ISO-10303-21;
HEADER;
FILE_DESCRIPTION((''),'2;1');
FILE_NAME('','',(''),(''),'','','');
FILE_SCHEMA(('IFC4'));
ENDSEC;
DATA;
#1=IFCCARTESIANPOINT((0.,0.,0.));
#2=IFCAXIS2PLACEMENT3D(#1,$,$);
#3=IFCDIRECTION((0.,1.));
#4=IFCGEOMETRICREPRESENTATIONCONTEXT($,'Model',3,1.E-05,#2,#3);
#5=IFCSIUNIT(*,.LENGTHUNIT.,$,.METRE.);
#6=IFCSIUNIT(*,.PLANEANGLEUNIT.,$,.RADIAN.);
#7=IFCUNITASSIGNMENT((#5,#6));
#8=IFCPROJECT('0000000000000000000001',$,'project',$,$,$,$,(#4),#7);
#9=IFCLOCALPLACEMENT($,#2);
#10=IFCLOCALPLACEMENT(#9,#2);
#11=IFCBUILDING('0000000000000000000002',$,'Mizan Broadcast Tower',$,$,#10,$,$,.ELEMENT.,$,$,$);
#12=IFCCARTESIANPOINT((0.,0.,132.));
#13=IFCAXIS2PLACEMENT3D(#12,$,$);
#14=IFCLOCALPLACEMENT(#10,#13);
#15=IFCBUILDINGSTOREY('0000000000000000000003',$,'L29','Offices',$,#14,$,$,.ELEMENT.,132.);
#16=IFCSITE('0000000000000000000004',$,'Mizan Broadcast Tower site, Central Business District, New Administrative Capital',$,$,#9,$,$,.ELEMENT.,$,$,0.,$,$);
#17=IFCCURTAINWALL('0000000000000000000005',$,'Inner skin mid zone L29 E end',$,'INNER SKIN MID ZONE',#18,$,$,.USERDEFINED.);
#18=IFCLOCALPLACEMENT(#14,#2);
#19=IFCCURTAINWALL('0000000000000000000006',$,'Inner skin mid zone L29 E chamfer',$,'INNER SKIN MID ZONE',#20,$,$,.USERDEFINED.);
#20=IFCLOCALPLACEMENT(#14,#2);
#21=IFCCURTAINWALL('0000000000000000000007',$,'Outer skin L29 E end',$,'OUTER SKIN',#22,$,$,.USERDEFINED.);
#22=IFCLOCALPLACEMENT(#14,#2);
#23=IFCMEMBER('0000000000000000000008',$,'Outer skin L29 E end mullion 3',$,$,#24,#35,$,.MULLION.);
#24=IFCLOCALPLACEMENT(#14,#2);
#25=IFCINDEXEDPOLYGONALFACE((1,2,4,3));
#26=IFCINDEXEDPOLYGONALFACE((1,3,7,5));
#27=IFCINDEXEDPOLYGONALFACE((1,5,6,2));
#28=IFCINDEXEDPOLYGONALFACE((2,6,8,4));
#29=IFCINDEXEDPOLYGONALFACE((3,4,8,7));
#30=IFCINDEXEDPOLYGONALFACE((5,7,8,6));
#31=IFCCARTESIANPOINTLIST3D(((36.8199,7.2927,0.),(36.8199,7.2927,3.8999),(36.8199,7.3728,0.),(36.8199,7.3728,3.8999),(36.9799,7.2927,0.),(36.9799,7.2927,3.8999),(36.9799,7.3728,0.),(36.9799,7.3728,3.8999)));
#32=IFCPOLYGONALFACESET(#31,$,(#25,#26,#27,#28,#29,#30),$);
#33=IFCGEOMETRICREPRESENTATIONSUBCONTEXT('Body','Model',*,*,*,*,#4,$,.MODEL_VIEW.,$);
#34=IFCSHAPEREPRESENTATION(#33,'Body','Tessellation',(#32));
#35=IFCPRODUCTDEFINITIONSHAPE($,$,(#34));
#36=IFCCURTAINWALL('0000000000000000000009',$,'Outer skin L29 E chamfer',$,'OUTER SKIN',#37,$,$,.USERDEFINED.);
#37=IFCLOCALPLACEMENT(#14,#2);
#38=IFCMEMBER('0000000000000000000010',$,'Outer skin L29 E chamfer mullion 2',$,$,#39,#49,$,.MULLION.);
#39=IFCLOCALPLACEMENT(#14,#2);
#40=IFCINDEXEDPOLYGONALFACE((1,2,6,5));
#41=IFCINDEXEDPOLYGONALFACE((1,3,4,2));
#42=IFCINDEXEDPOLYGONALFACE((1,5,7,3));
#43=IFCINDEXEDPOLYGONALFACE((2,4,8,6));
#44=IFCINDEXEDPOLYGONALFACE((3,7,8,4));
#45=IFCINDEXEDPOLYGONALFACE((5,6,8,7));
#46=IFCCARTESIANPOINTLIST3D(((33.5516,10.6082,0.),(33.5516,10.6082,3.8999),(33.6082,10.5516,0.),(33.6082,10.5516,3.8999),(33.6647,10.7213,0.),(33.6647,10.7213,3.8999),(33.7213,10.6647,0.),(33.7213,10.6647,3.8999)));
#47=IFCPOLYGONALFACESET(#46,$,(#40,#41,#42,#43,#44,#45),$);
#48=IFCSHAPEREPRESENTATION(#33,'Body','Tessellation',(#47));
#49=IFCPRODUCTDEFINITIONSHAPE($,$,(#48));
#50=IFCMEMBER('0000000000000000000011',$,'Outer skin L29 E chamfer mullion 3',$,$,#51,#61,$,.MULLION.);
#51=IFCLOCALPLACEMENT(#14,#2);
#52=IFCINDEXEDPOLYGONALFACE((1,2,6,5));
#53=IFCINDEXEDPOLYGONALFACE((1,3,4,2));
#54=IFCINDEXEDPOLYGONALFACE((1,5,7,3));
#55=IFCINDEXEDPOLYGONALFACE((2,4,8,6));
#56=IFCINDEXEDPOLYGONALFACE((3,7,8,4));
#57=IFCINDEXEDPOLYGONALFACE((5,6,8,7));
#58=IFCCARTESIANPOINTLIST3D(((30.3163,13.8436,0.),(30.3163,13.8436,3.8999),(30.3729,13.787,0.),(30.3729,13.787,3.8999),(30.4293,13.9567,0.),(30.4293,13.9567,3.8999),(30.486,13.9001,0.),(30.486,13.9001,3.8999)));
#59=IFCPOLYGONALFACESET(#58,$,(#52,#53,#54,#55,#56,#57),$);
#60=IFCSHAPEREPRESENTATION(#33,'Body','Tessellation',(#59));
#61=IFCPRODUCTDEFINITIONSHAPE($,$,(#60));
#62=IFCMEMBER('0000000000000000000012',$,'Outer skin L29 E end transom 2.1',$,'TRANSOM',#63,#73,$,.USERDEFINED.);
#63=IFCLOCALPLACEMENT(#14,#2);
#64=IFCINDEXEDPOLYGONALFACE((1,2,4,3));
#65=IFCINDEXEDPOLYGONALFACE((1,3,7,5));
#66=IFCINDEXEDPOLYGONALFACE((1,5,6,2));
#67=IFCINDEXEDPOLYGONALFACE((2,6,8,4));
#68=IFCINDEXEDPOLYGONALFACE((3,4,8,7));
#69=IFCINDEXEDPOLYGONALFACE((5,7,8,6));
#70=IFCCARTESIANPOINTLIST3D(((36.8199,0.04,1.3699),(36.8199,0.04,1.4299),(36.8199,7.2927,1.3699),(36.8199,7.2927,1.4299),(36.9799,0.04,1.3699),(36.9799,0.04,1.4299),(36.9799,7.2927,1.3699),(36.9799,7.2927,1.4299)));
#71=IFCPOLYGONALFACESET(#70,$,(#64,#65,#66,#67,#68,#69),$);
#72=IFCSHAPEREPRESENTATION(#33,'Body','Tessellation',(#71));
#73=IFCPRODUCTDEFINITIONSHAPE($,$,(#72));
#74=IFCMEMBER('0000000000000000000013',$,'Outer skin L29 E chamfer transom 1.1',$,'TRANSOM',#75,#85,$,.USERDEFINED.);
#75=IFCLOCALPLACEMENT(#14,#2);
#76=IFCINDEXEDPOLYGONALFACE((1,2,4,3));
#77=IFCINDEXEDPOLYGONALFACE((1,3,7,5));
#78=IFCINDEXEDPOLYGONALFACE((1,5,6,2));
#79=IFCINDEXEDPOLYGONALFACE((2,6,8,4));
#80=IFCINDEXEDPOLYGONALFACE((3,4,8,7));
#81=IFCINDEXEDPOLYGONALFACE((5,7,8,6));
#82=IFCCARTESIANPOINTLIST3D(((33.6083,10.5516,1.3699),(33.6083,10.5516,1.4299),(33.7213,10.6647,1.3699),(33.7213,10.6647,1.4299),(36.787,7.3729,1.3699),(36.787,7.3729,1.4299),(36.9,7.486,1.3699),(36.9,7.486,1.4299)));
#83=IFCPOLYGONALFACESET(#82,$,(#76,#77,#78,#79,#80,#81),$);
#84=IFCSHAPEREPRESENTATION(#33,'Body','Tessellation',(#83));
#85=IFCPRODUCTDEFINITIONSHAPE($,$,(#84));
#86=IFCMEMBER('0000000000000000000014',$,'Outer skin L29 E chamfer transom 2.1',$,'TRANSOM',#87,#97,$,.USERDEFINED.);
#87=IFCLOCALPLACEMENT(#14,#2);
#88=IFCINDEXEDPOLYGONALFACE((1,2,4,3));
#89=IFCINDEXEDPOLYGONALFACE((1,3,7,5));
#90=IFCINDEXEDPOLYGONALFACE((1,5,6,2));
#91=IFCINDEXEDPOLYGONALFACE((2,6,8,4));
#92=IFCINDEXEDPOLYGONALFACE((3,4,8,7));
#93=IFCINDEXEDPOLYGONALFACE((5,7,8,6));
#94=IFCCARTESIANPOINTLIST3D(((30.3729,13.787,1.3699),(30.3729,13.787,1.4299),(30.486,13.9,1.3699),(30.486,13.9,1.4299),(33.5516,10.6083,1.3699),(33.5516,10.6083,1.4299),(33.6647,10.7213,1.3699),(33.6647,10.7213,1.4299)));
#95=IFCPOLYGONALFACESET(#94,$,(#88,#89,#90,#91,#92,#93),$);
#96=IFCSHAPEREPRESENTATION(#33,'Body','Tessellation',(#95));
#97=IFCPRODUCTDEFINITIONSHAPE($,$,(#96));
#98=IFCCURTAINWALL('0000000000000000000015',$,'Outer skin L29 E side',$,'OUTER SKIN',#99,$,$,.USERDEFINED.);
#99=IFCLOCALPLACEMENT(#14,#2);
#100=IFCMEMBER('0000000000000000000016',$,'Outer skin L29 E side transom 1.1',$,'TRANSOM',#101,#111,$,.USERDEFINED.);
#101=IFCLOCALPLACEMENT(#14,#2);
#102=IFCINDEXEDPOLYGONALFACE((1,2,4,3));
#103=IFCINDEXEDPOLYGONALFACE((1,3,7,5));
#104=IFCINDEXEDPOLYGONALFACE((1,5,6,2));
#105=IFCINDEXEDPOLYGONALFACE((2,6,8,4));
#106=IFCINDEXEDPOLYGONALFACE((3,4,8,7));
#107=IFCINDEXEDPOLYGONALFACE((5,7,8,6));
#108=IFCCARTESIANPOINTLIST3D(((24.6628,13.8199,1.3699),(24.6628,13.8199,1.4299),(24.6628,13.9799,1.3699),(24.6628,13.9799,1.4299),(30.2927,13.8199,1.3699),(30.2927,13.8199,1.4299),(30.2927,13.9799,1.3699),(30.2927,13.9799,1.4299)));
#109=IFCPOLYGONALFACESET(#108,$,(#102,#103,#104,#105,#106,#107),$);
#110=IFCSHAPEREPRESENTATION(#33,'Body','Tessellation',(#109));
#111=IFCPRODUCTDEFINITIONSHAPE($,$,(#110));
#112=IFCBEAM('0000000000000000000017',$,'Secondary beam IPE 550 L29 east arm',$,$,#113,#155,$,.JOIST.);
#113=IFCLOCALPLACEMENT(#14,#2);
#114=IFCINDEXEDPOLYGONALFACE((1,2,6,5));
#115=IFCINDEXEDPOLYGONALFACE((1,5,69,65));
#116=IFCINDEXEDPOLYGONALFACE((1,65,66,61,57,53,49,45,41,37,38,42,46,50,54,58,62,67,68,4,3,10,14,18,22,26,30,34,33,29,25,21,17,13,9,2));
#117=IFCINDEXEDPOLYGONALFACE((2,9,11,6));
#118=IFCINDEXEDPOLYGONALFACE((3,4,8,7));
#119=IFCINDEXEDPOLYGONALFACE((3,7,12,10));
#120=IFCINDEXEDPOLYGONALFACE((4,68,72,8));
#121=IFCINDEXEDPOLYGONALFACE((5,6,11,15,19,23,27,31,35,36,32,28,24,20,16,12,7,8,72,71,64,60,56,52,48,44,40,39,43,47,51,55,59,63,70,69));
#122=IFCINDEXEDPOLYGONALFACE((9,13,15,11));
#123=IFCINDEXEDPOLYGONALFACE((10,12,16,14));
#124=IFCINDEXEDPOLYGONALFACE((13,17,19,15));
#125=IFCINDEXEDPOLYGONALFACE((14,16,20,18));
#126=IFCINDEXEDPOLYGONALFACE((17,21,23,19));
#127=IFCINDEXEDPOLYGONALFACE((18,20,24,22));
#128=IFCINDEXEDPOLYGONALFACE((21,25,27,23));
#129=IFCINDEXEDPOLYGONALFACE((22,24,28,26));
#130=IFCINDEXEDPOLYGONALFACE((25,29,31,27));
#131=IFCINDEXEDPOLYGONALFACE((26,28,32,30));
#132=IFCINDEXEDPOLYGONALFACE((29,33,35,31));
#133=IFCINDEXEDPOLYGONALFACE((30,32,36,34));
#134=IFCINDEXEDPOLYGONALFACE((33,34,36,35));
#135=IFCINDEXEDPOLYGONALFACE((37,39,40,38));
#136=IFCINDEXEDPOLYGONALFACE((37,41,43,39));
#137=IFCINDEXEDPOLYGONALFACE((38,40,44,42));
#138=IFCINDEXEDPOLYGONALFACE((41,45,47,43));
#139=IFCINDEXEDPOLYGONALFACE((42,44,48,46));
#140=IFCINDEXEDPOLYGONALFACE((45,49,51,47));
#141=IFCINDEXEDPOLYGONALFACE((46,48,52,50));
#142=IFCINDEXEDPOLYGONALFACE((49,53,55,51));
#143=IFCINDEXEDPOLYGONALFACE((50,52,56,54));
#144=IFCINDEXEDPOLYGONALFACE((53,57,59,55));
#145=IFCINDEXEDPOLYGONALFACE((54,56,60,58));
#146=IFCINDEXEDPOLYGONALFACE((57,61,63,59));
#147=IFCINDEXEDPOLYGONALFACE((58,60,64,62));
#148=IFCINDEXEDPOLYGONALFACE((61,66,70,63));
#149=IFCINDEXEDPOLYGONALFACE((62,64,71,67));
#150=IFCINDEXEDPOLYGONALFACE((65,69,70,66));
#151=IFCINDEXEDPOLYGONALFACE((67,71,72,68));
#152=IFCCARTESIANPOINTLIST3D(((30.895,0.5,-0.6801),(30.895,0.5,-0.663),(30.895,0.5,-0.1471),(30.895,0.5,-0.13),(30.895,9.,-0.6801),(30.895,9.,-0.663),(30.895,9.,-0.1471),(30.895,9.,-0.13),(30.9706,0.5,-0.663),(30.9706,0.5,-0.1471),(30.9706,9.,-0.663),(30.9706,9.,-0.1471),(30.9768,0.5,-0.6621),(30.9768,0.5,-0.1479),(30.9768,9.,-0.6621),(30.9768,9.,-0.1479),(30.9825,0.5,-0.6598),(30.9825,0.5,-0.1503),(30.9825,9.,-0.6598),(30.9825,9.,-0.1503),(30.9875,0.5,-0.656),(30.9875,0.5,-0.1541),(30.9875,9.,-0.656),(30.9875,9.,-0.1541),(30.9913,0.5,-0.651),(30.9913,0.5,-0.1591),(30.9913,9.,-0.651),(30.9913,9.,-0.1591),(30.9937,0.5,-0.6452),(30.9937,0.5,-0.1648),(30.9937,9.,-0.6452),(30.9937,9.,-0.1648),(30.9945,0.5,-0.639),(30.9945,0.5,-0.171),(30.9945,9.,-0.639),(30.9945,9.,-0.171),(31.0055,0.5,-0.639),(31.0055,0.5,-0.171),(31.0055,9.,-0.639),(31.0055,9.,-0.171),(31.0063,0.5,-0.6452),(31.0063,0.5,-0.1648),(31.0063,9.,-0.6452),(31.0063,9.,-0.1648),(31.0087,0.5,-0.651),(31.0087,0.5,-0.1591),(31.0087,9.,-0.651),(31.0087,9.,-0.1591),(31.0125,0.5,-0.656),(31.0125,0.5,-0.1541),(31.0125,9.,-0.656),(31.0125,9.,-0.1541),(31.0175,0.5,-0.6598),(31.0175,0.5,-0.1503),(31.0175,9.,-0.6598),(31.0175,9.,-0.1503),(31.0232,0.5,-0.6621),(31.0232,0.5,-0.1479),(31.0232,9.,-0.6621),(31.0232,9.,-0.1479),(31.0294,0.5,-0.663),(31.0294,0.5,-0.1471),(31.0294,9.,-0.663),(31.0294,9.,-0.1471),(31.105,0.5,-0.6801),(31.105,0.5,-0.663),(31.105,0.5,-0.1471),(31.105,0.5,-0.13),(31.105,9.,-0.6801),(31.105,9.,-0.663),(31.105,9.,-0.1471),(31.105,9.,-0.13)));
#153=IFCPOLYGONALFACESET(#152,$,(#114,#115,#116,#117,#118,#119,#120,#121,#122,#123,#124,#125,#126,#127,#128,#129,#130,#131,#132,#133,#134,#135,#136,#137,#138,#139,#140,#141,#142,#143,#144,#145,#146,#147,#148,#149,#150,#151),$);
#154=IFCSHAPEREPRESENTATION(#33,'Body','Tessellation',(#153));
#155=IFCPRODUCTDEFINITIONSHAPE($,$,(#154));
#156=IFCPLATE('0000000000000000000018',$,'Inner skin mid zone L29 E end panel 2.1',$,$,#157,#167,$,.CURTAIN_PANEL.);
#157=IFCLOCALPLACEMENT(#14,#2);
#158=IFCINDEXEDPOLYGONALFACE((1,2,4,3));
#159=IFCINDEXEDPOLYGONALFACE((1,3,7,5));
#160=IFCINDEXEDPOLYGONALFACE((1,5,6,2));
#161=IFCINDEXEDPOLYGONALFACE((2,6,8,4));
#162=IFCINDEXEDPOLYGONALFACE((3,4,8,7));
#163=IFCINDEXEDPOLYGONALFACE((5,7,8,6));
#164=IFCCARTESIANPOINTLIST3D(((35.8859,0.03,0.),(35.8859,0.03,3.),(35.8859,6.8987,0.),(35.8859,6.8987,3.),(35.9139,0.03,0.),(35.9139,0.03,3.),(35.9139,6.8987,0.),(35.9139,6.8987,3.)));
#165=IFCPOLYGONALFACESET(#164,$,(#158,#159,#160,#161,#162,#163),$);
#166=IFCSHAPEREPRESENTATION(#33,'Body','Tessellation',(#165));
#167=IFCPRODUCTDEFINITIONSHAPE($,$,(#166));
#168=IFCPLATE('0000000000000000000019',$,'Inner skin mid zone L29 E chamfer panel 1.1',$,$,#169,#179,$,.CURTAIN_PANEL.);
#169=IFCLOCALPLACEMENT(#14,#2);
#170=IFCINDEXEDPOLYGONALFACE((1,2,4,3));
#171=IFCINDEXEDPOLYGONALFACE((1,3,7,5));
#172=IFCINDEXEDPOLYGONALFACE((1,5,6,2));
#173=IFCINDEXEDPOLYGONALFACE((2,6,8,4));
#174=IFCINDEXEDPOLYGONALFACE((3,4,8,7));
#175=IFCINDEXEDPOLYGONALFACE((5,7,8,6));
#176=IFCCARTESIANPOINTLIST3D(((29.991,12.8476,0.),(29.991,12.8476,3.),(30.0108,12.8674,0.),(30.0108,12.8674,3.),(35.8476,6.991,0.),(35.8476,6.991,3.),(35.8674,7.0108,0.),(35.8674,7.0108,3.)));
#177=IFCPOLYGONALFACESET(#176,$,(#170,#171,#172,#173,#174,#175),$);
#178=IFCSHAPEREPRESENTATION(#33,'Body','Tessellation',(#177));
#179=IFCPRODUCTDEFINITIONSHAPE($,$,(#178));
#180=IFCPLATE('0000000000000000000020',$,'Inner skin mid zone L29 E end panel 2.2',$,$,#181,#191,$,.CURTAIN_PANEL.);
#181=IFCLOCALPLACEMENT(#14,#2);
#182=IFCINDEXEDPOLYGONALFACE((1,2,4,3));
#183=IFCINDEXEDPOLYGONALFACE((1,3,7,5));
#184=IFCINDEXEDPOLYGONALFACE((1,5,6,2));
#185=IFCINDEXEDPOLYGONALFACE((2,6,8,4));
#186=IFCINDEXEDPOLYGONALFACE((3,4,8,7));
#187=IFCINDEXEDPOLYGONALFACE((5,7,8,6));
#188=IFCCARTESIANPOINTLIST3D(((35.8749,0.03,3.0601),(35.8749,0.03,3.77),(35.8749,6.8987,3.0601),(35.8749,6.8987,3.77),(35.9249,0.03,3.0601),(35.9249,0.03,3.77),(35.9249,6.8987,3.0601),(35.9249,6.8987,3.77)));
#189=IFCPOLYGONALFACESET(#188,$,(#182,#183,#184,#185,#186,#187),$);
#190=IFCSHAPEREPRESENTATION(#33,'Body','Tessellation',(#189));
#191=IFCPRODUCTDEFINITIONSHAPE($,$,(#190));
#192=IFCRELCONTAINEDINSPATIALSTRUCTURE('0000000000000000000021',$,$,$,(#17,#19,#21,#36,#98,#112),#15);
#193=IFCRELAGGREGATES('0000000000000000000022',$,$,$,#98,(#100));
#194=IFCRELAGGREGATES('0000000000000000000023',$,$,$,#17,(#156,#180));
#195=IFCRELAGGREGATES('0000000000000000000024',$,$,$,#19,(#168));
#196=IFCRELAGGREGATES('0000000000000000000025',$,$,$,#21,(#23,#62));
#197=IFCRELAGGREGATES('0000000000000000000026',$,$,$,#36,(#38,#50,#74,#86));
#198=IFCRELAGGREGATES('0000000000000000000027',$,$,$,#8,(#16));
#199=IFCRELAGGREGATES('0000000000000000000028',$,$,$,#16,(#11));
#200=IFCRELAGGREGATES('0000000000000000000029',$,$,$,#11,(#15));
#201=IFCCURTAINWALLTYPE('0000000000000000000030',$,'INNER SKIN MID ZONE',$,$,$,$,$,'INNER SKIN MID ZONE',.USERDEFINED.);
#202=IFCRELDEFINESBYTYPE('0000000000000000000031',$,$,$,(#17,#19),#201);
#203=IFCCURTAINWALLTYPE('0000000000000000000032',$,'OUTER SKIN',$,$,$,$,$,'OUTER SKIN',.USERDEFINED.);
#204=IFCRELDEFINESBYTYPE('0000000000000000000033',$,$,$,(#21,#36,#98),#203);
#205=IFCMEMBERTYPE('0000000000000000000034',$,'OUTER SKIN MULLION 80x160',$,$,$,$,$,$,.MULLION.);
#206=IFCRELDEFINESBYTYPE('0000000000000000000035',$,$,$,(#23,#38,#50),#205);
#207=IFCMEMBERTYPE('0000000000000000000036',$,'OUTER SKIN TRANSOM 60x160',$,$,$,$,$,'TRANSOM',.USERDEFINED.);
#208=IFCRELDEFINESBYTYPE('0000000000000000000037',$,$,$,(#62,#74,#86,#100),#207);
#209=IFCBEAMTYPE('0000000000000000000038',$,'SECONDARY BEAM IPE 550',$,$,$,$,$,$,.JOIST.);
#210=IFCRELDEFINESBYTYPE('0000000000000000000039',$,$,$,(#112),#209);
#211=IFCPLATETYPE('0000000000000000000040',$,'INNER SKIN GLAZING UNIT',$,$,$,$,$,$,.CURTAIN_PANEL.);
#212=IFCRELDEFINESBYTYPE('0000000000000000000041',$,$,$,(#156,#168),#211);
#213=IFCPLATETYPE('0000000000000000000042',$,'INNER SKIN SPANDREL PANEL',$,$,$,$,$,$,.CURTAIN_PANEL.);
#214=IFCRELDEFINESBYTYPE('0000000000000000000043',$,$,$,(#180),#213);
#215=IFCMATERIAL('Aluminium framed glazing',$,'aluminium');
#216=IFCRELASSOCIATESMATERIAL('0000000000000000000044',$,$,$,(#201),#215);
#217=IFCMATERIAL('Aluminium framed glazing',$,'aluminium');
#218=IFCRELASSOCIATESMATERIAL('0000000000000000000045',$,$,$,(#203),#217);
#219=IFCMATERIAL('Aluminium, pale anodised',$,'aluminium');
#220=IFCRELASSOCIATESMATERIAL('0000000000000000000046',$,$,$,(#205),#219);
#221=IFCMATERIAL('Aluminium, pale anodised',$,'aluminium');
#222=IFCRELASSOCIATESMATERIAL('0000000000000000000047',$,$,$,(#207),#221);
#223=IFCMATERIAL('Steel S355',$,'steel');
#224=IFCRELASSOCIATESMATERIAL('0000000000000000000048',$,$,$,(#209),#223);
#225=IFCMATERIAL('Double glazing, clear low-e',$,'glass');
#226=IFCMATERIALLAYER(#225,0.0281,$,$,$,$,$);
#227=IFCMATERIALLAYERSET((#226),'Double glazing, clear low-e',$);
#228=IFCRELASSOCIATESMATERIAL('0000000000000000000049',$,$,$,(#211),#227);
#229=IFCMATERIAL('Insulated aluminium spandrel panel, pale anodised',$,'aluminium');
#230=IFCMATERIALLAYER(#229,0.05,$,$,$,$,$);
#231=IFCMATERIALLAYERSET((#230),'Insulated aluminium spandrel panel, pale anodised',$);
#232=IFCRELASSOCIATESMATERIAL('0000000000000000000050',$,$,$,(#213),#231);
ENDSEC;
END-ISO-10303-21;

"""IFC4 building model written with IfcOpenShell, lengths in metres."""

from ifc_helpers import new_model, si_unit, direction, frame, origin, origin_2d, place, context, subcontext, project, spatial, rectangle, i_section, extrude, material, layer, layer_set, material_profile, profile_set, type_object, element, aggregate, save


model = new_model("IFC4")

# Units and contexts
model_context = context("Model", 3, precision=1e-05, world=origin(), true_north=direction((0.0, 1.0)))
body_context = subcontext(model_context, "Body", "Model", "MODEL_VIEW")
ifc_project = project(units=[si_unit("LENGTHUNIT", "METRE"), si_unit("PLANEANGLEUNIT", "RADIAN")], contexts=[model_context])

# Site, building, storey
site_placement = place(None, origin())
site = spatial("IfcSite", under=ifc_project, at=site_placement, Name="Mizan Broadcast Tower site, Central Business District, New Administrative Capital", CompositionType="ELEMENT", RefElevation=0.0)
building_placement = place(site_placement, origin())
building = spatial("IfcBuilding", under=site, at=building_placement, Name="Mizan Broadcast Tower", CompositionType="ELEMENT")
storey_placement = place(building_placement, frame((0.0, 0.0, 132.0)))
storey = spatial("IfcBuildingStorey", under=building, at=storey_placement, Name="L29", Description="Offices", CompositionType="ELEMENT", Elevation=132.0)

# Curtain wall
ifc_material_1 = material(Name="Aluminium framed glazing", Category="aluminium")
curtain_wall_type_1 = type_object("IfcCurtainWallType", Name="INNER SKIN MID ZONE", ElementType="INNER SKIN MID ZONE", PredefinedType="USERDEFINED", material=ifc_material_1)
curtain_wall_1_placement = place(storey_placement, origin())
curtain_wall_1 = element("IfcCurtainWall", 1, at=curtain_wall_1_placement, inside=storey, type_object=curtain_wall_type_1, Name="Inner skin mid zone L29 E end", ObjectType="INNER SKIN MID ZONE", PredefinedType="USERDEFINED")

# Curtain wall
curtain_wall_2_placement = place(storey_placement, origin())
curtain_wall_2 = element("IfcCurtainWall", 2, at=curtain_wall_2_placement, inside=storey, type_object=curtain_wall_type_1, Name="Inner skin mid zone L29 E chamfer", ObjectType="INNER SKIN MID ZONE", PredefinedType="USERDEFINED")

# Curtain walls, members
ifc_material_2 = material(Name="Aluminium framed glazing", Category="aluminium")
curtain_wall_type_2 = type_object("IfcCurtainWallType", Name="OUTER SKIN", ElementType="OUTER SKIN", PredefinedType="USERDEFINED", material=ifc_material_2)
curtain_wall_3_placement = place(storey_placement, origin())
curtain_wall_3 = element("IfcCurtainWall", 3, at=curtain_wall_3_placement, inside=storey, type_object=curtain_wall_type_2, Name="Outer skin L29 E end", ObjectType="OUTER SKIN", PredefinedType="USERDEFINED")
ifc_material_3 = material(Name="Aluminium, pale anodised", Category="aluminium")
ifc_material_profile_1 = material_profile(ifc_material_3, rectangle(XDim=0.1599, YDim=0.0801, at=origin_2d()), Name="MULLION 160x80")
ifc_profile_set_1 = profile_set([ifc_material_profile_1], Name="Aluminium, pale anodised")
member_type_1 = type_object("IfcMemberType", Name="OUTER SKIN MULLION 80x160", PredefinedType="MULLION", material=ifc_profile_set_1)
member_1_placement = place(storey_placement, frame((36.8999, 7.3328, 0.0), z_axis=(0.0, 0.0, 1.0), x_axis=(-1.0, 0.0, 0.0)))
member_1 = element("IfcMember", 4, at=member_1_placement, type_object=member_type_1, Name="Outer skin L29 E end mullion 3", PredefinedType="MULLION", context=body_context, shape_type="SweptSolid", body=[
    extrude(rectangle(XDim=0.1599, YDim=0.0801, at=origin_2d()), origin(), (0.0, 0.0, 1.0), 3.8999),
])
curtain_wall_4_placement = place(storey_placement, origin())
curtain_wall_4 = element("IfcCurtainWall", 5, at=curtain_wall_4_placement, inside=storey, type_object=curtain_wall_type_2, Name="Outer skin L29 E chamfer", ObjectType="OUTER SKIN", PredefinedType="USERDEFINED")
member_2_placement = place(storey_placement, frame((33.6365, 10.6365, 0.0), z_axis=(0.0, 0.0, 1.0), x_axis=(-0.707107, -0.707107, 0.0)))
member_2 = element("IfcMember", 6, at=member_2_placement, type_object=member_type_1, Name="Outer skin L29 E chamfer mullion 2", PredefinedType="MULLION", context=body_context, shape_type="SweptSolid", body=[
    extrude(rectangle(XDim=0.1599, YDim=0.0801, at=origin_2d()), origin(), (0.0, 0.0, 1.0), 3.8999),
])
member_3_placement = place(storey_placement, frame((30.4011, 13.8718, 0.0), z_axis=(0.0, 0.0, 1.0), x_axis=(-0.707107, -0.707107, 0.0)))
member_3 = element("IfcMember", 7, at=member_3_placement, type_object=member_type_1, Name="Outer skin L29 E chamfer mullion 3", PredefinedType="MULLION", context=body_context, shape_type="SweptSolid", body=[
    extrude(rectangle(XDim=0.1599, YDim=0.0801, at=origin_2d()), origin(), (0.0, 0.0, 1.0), 3.8999),
])

# Members
ifc_material_4 = material(Name="Aluminium, pale anodised", Category="aluminium")
ifc_material_profile_2 = material_profile(ifc_material_4, rectangle(XDim=0.1599, YDim=0.0601, at=origin_2d()), Name="TRANSOM 160x60")
ifc_profile_set_2 = profile_set([ifc_material_profile_2], Name="Aluminium, pale anodised")
member_type_2 = type_object("IfcMemberType", Name="OUTER SKIN TRANSOM 60x160", ElementType="TRANSOM", PredefinedType="USERDEFINED", material=ifc_profile_set_2)
member_4_placement = place(storey_placement, frame((36.8999, 0.04, 1.3999), z_axis=(0.0, 1.0, 0.0), x_axis=(-1.0, 0.0, 0.0)))
member_4 = element("IfcMember", 8, at=member_4_placement, type_object=member_type_2, Name="Outer skin L29 E end transom 2.1", ObjectType="TRANSOM", PredefinedType="USERDEFINED", context=body_context, shape_type="SweptSolid", body=[
    extrude(rectangle(XDim=0.1599, YDim=0.0601, at=origin_2d()), origin(), (0.0, 0.0, 1.0), 7.2527),
])
member_5_placement = place(storey_placement, frame((36.8435, 7.4294, 1.3999), z_axis=(-0.707107, 0.707107, 0.0), x_axis=(-0.707107, -0.707107, 0.0)))
member_5 = element("IfcMember", 9, at=member_5_placement, type_object=member_type_2, Name="Outer skin L29 E chamfer transom 1.1", ObjectType="TRANSOM", PredefinedType="USERDEFINED", context=body_context, shape_type="SweptSolid", body=[
    extrude(rectangle(XDim=0.1599, YDim=0.0601, at=origin_2d()), origin(), (0.0, 0.0, 1.0), 4.4954),
])
member_6_placement = place(storey_placement, frame((33.6082, 10.6648, 1.3999), z_axis=(-0.707107, 0.707107, 0.0), x_axis=(-0.707107, -0.707107, 0.0)))
member_6 = element("IfcMember", 10, at=member_6_placement, type_object=member_type_2, Name="Outer skin L29 E chamfer transom 2.1", ObjectType="TRANSOM", PredefinedType="USERDEFINED", context=body_context, shape_type="SweptSolid", body=[
    extrude(rectangle(XDim=0.1599, YDim=0.0601, at=origin_2d()), origin(), (0.0, 0.0, 1.0), 4.4954),
])

# Curtain wall, member
curtain_wall_5_placement = place(storey_placement, origin())
curtain_wall_5 = element("IfcCurtainWall", 11, at=curtain_wall_5_placement, inside=storey, type_object=curtain_wall_type_2, Name="Outer skin L29 E side", ObjectType="OUTER SKIN", PredefinedType="USERDEFINED")
member_7_placement = place(storey_placement, frame((30.2927, 13.8999, 1.3999), z_axis=(-1.0, 0.0, 0.0), x_axis=(0.0, -1.0, 0.0)))
member_7 = element("IfcMember", 12, at=member_7_placement, type_object=member_type_2, Name="Outer skin L29 E side transom 1.1", ObjectType="TRANSOM", PredefinedType="USERDEFINED", context=body_context, shape_type="SweptSolid", body=[
    extrude(rectangle(XDim=0.1599, YDim=0.0601, at=origin_2d()), origin(), (0.0, 0.0, 1.0), 5.6299),
])
aggregate(curtain_wall_5, [member_7])

# Beam
ifc_material_5 = material(Name="Steel S355", Category="steel")
ifc_material_profile_3 = material_profile(ifc_material_5, i_section(OverallWidth=0.21, OverallDepth=0.55, WebThickness=0.011, FlangeThickness=0.0171, FilletRadius=0.0239, at=origin_2d()), Name="IPE 550")
ifc_profile_set_3 = profile_set([ifc_material_profile_3], Name="Steel S355")
beam_type_1 = type_object("IfcBeamType", Name="SECONDARY BEAM IPE 550", PredefinedType="JOIST", material=ifc_profile_set_3)
beam_1_placement = place(storey_placement, frame((31.0, 9.0, -0.405), z_axis=(0.0, -1.0, 0.0), x_axis=(1.0, 0.0, 0.0)))
element("IfcBeam", 13, at=beam_1_placement, inside=storey, type_object=beam_type_1, Name="Secondary beam IPE 550 L29 east arm", PredefinedType="JOIST", context=body_context, shape_type="SweptSolid", body=[
    extrude(i_section(OverallWidth=0.21, OverallDepth=0.55, WebThickness=0.011, FlangeThickness=0.0171, FilletRadius=0.0239, at=origin_2d()), origin(), (0.0, 0.0, 1.0), 8.5),
])

# Plates
ifc_material_6 = material(Name="Double glazing, clear low-e", Category="glass")
ifc_layer_1 = layer(ifc_material_6, 0.0281)
ifc_layer_set_1 = layer_set([ifc_layer_1], Name="Double glazing, clear low-e")
plate_type_1 = type_object("IfcPlateType", Name="INNER SKIN GLAZING UNIT", PredefinedType="CURTAIN_PANEL", material=ifc_layer_set_1)
plate_1_placement = place(storey_placement, frame((35.8999, 3.4644, 0.0), z_axis=(0.0, 0.0, 1.0), x_axis=(0.0, 1.0, 0.0)))
plate_1 = element("IfcPlate", 14, at=plate_1_placement, type_object=plate_type_1, Name="Inner skin mid zone L29 E end panel 2.1", PredefinedType="CURTAIN_PANEL", context=body_context, shape_type="SweptSolid", body=[
    extrude(rectangle(XDim=6.8687, YDim=0.0281, at=origin_2d()), origin(), (0.0, 0.0, 1.0), 3.0),
])
plate_2_placement = place(storey_placement, frame((32.9292, 9.9292, 0.0), z_axis=(0.0, 0.0, 1.0), x_axis=(-0.707107, 0.707107, 0.0)))
plate_2 = element("IfcPlate", 15, at=plate_2_placement, type_object=plate_type_1, Name="Inner skin mid zone L29 E chamfer panel 1.1", PredefinedType="CURTAIN_PANEL", context=body_context, shape_type="SweptSolid", body=[
    extrude(rectangle(XDim=8.2825, YDim=0.0281, at=origin_2d()), origin(), (0.0, 0.0, 1.0), 3.0),
])
ifc_material_7 = material(Name="Insulated aluminium spandrel panel, pale anodised", Category="aluminium")
ifc_layer_2 = layer(ifc_material_7, 0.05)
ifc_layer_set_2 = layer_set([ifc_layer_2], Name="Insulated aluminium spandrel panel, pale anodised")
plate_type_2 = type_object("IfcPlateType", Name="INNER SKIN SPANDREL PANEL", PredefinedType="CURTAIN_PANEL", material=ifc_layer_set_2)
plate_3_placement = place(storey_placement, frame((35.8999, 3.4644, 3.0601), z_axis=(0.0, 0.0, 1.0), x_axis=(0.0, 1.0, 0.0)))
plate_3 = element("IfcPlate", 16, at=plate_3_placement, type_object=plate_type_2, Name="Inner skin mid zone L29 E end panel 2.2", PredefinedType="CURTAIN_PANEL", context=body_context, shape_type="SweptSolid", body=[
    extrude(rectangle(XDim=6.8687, YDim=0.05, at=origin_2d()), origin(), (0.0, 0.0, 1.0), 0.71),
])
aggregate(curtain_wall_1, [plate_1, plate_3])
aggregate(curtain_wall_2, [plate_2])
aggregate(curtain_wall_3, [member_1, member_4])
aggregate(curtain_wall_4, [member_2, member_3, member_5, member_6])

save(model, "model.ifc")
